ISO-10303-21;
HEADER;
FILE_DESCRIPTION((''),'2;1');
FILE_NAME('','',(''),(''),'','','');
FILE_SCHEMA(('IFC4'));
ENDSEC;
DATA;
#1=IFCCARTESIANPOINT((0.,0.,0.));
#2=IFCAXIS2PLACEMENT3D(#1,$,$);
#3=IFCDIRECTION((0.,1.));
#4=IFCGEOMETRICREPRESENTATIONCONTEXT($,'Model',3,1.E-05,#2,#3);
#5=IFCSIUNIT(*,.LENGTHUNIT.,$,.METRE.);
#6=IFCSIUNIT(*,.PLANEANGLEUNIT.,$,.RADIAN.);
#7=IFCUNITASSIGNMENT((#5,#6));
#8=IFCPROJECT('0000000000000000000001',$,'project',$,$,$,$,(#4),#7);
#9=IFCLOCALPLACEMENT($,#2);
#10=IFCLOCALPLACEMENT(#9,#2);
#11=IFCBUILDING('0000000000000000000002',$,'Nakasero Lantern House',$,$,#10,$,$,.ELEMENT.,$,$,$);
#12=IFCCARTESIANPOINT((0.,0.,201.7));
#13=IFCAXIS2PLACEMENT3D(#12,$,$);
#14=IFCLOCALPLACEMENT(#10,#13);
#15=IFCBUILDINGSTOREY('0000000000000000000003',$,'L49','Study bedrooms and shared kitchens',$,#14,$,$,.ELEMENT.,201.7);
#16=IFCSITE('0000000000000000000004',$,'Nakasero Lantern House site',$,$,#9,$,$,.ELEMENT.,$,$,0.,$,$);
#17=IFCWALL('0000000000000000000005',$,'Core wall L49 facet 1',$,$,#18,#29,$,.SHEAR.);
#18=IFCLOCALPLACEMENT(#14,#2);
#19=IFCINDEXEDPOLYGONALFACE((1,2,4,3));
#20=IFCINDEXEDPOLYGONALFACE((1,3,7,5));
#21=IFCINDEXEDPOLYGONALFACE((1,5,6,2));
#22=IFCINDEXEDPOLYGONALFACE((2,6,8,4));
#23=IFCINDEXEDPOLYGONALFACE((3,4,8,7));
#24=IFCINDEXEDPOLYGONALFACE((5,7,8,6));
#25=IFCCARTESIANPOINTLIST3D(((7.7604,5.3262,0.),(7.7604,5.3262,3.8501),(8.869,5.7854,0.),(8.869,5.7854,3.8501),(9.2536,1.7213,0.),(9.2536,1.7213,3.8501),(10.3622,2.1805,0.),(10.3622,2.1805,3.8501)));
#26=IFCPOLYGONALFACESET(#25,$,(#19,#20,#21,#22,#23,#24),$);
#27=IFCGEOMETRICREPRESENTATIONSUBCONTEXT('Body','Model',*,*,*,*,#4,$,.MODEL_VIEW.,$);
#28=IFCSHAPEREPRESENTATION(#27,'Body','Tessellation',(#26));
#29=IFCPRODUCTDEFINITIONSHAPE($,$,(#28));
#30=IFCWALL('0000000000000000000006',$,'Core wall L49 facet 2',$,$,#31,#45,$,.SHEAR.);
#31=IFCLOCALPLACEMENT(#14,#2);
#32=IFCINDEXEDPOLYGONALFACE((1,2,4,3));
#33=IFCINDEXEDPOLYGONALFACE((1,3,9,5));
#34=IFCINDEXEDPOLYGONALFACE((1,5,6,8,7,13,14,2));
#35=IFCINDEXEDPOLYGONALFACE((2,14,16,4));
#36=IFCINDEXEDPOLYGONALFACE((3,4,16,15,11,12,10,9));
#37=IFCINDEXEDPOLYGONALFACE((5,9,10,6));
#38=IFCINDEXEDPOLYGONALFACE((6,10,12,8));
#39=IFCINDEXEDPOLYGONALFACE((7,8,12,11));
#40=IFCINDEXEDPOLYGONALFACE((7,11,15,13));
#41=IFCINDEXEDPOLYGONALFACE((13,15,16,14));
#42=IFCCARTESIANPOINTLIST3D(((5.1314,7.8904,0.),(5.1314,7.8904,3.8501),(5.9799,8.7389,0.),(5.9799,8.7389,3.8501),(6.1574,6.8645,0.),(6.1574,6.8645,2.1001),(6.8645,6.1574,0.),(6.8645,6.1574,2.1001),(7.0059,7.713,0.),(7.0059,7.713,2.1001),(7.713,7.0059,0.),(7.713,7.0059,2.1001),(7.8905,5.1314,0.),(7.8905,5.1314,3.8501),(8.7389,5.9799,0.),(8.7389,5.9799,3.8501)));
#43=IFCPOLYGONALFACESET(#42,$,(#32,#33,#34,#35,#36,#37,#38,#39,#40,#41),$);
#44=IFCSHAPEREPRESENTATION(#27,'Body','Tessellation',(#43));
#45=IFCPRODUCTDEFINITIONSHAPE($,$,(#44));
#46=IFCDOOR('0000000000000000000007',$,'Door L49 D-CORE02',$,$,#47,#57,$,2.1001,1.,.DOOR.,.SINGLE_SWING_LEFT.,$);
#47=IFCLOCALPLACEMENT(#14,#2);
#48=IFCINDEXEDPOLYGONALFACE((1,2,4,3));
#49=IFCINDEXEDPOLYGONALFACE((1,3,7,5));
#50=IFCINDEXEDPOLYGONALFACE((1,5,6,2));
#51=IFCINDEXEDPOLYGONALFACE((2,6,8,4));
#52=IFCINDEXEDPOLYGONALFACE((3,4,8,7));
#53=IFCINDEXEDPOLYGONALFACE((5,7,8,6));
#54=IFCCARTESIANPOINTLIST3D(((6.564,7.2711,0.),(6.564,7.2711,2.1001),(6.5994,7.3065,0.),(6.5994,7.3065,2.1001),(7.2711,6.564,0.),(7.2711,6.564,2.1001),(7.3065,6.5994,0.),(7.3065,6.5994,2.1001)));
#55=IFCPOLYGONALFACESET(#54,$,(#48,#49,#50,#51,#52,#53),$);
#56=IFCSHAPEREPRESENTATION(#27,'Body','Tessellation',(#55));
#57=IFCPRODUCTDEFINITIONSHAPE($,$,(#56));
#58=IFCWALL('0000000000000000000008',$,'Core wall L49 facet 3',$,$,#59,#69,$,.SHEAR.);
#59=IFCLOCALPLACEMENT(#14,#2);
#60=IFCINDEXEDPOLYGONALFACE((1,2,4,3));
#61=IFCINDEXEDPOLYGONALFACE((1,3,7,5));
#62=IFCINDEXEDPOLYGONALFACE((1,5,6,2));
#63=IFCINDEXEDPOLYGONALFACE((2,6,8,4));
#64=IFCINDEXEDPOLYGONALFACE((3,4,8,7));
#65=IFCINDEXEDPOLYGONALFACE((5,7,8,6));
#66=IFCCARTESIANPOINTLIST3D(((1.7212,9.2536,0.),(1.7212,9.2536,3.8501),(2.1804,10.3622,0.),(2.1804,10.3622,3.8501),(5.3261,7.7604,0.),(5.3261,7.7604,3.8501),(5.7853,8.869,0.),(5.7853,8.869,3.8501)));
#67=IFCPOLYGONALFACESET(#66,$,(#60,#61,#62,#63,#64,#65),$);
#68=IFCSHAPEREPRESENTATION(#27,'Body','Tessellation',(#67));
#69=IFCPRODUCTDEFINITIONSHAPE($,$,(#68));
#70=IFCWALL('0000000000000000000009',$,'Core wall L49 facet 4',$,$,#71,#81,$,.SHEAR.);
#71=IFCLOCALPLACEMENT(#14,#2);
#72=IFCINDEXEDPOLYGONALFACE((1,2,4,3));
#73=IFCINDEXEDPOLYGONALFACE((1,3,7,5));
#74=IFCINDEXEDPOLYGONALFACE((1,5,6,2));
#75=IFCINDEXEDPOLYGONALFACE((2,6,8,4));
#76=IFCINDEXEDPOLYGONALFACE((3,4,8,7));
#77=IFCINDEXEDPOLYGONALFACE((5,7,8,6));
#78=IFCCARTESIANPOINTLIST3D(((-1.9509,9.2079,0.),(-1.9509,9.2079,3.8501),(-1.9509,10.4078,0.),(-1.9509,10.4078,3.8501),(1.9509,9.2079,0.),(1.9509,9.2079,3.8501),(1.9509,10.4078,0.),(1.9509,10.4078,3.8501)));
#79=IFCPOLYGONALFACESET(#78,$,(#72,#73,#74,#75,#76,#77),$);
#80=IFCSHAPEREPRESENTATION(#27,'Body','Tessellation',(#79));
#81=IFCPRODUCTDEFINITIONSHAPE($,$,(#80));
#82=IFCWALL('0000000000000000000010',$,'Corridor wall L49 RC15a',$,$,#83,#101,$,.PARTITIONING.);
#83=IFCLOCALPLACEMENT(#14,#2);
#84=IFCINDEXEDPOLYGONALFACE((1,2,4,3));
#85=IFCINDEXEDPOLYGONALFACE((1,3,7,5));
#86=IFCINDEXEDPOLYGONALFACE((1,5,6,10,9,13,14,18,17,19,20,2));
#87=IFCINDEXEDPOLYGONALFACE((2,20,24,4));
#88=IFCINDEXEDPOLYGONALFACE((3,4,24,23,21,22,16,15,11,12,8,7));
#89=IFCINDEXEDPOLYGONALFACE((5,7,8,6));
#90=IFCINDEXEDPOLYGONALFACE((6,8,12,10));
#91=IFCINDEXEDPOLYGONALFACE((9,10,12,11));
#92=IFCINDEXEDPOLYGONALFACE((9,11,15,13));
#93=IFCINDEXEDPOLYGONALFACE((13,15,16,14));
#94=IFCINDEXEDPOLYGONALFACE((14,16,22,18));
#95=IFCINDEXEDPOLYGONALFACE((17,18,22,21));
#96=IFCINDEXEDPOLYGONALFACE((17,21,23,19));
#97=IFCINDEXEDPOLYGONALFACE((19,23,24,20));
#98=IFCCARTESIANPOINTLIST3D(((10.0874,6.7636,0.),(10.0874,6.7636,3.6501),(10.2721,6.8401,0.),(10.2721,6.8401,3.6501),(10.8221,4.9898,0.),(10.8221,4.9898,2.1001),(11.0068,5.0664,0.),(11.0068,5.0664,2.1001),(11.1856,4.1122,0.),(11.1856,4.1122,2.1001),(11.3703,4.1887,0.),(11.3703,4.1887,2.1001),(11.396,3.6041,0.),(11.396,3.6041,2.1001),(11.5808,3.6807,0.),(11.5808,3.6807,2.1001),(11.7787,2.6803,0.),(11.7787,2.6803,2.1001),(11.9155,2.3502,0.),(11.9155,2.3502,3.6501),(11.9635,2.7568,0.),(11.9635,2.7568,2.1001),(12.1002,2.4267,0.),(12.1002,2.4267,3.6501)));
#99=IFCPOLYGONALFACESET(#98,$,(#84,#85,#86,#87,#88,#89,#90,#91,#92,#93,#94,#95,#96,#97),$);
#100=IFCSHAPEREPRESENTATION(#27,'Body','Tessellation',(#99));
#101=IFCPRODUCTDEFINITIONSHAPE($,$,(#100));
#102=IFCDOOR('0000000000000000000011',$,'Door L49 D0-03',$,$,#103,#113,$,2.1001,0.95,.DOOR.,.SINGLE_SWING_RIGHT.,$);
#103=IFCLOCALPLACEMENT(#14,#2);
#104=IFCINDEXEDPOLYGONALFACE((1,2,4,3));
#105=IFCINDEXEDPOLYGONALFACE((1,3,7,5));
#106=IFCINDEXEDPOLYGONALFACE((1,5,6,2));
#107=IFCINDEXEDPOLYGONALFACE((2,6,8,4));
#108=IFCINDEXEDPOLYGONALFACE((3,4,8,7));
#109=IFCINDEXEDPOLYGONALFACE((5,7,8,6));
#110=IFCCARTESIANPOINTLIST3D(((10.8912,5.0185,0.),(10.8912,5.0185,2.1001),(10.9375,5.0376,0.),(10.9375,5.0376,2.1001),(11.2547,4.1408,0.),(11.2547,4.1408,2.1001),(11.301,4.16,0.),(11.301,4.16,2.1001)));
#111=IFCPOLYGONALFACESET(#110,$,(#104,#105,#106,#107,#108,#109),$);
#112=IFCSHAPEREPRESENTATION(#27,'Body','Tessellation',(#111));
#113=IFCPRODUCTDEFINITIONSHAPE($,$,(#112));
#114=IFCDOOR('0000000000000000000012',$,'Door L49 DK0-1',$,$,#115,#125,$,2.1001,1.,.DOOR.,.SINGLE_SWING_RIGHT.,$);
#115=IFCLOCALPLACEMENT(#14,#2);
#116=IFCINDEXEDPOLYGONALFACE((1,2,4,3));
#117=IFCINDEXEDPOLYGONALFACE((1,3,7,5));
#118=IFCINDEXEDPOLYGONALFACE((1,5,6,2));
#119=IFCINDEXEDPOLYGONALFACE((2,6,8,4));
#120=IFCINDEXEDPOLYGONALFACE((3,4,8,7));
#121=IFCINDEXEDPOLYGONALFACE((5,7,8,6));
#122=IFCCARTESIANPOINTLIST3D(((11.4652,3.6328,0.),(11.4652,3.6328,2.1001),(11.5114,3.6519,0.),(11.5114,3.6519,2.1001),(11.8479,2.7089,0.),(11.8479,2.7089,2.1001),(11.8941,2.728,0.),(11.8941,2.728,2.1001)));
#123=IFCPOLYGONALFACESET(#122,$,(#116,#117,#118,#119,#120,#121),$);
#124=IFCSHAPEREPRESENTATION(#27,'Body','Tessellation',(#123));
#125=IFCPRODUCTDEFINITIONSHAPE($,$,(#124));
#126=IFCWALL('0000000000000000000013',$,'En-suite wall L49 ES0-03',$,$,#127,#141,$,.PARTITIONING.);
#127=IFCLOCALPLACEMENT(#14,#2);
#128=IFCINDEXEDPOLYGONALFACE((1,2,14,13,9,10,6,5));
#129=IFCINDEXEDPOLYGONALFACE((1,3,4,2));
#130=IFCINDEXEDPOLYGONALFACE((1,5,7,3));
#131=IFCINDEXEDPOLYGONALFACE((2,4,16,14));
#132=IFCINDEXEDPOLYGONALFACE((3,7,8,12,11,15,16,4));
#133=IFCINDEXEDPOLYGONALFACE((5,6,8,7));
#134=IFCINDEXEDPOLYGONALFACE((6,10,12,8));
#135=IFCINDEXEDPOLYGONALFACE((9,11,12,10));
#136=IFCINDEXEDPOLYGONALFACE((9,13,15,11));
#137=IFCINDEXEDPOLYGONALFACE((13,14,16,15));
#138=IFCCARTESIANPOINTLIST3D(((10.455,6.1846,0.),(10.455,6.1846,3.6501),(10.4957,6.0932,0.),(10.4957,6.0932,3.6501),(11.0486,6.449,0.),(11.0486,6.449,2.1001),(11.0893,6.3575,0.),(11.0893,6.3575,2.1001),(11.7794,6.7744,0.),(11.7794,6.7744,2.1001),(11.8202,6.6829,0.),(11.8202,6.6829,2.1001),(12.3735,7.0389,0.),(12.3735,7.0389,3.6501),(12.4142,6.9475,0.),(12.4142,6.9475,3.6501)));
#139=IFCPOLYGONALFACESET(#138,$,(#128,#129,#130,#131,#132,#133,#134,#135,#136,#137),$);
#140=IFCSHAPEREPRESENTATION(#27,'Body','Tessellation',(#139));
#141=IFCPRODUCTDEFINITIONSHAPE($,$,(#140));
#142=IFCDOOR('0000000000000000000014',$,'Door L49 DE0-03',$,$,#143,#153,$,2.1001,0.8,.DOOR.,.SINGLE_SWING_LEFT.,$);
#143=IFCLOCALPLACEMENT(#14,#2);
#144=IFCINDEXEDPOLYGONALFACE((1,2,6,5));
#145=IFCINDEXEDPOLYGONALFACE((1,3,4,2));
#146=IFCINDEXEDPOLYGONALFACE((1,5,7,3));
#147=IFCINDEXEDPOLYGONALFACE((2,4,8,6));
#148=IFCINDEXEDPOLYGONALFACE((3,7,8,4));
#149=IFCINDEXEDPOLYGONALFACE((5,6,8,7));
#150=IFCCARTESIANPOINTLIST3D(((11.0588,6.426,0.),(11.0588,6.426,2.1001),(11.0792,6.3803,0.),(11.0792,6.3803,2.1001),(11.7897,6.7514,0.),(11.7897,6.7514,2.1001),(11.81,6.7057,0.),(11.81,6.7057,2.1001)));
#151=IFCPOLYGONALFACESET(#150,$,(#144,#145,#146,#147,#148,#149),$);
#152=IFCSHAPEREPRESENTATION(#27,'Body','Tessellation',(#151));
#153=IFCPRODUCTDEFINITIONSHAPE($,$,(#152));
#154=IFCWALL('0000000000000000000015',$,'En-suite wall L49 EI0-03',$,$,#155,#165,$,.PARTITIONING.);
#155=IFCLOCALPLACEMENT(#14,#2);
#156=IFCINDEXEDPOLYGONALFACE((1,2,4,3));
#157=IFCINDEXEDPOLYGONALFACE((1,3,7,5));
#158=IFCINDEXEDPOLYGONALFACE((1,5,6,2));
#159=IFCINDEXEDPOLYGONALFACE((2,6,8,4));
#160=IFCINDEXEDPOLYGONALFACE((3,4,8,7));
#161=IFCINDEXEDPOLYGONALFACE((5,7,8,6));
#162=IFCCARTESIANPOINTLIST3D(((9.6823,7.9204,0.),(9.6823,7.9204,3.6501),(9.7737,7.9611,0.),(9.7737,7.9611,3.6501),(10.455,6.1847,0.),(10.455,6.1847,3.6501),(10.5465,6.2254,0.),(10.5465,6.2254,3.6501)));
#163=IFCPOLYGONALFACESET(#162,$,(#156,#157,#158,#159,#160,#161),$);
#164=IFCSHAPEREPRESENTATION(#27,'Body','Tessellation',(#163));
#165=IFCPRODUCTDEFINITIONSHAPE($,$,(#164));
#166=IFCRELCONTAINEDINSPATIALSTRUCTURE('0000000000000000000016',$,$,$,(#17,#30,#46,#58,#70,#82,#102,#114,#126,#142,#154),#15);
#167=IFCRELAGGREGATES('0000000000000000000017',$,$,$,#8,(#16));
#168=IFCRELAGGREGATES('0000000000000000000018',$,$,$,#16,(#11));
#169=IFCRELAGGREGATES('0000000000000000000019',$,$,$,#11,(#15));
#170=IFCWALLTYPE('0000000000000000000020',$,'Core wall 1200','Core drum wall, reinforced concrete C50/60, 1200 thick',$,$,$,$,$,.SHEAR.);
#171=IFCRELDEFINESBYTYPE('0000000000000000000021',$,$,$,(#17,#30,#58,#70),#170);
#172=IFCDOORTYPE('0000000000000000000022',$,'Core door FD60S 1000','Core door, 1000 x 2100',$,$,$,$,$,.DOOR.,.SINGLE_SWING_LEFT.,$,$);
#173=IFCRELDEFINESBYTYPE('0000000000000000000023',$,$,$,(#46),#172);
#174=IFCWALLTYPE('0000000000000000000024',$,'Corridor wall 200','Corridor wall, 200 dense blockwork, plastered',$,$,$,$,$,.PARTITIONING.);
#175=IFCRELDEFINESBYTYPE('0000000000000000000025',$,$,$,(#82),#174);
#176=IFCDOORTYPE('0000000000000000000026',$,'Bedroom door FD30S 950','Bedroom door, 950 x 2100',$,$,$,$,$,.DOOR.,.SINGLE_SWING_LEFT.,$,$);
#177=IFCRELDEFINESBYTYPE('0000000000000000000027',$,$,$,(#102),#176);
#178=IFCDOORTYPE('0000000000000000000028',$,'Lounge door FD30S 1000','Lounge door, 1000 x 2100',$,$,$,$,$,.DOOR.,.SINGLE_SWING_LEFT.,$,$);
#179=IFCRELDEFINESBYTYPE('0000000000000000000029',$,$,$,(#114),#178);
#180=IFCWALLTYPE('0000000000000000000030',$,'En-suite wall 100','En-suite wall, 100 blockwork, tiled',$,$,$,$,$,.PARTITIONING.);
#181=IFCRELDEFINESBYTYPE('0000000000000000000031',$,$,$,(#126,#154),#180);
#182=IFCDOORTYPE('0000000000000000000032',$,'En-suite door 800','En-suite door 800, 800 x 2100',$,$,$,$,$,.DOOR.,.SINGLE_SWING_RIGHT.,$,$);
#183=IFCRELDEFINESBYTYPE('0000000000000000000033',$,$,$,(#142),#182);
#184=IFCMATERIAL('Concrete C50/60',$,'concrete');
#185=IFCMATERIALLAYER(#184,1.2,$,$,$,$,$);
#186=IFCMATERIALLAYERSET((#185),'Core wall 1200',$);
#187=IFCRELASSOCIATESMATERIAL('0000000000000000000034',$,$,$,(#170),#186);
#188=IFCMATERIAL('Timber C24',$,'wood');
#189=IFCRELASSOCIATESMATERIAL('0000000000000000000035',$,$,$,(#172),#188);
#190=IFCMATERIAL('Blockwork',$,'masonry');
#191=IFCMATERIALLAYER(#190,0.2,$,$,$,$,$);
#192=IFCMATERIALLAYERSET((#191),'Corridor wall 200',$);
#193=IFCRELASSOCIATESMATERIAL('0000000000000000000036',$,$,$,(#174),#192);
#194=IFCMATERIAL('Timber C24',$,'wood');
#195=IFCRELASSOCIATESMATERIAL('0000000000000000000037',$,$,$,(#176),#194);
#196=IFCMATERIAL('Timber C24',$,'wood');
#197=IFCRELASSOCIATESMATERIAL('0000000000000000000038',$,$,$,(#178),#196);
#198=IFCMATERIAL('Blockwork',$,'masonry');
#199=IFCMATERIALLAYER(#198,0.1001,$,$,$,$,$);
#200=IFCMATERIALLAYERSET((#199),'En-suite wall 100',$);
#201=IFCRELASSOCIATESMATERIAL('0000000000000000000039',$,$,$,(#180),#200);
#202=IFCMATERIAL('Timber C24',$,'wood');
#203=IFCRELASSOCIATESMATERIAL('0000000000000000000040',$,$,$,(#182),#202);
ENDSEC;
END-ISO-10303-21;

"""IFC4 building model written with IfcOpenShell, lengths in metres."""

from ifc_helpers import new_model, si_unit, direction, frame, frame_2d, origin, place, context, subcontext, project, spatial, rectangle, extrude, material, layer, layer_set, type_object, element, fill, save


model = new_model("IFC4")

# Units and contexts
model_context = context("Model", 3, precision=1e-05, world=origin(), true_north=direction((0.0, 1.0)))
body_context = subcontext(model_context, "Body", "Model", "MODEL_VIEW")
ifc_project = project(units=[si_unit("LENGTHUNIT", "METRE"), si_unit("PLANEANGLEUNIT", "RADIAN")], contexts=[model_context])

# Site, building, storey
site_placement = place(None, origin())
site = spatial("IfcSite", under=ifc_project, at=site_placement, Name="Nakasero Lantern House site", CompositionType="ELEMENT", RefElevation=0.0)
building_placement = place(site_placement, origin())
building = spatial("IfcBuilding", under=site, at=building_placement, Name="Nakasero Lantern House", CompositionType="ELEMENT")
storey_placement = place(building_placement, frame((0.0, 0.0, 201.7)))
storey = spatial("IfcBuildingStorey", under=building, at=storey_placement, Name="L49", Description="Study bedrooms and shared kitchens", CompositionType="ELEMENT", Elevation=201.7)

# Wall
ifc_material_1 = material(Name="Concrete C50/60", Category="concrete")
ifc_layer_1 = layer(ifc_material_1, 1.2)
ifc_layer_set_1 = layer_set([ifc_layer_1], Name="Core wall 1200")
wall_type_1 = type_object("IfcWallType", Name="Core wall 1200", Description="Core drum wall, reinforced concrete C50/60, 1200 thick", PredefinedType="SHEAR", material=ifc_layer_set_1)
wall_1_placement = place(storey_placement, frame((9.8079, 1.9509, 0.0), z_axis=(0.0, 0.0, 1.0), x_axis=(-0.382691, 0.923877, 0.0)))
element("IfcWall", 1, at=wall_1_placement, inside=storey, type_object=wall_type_1, Name="Core wall L49 facet 1", PredefinedType="SHEAR", context=body_context, shape_type="SweptSolid", body=[
    extrude(rectangle(XDim=3.9019, YDim=1.2, at=frame_2d((1.9509, 0.0))), origin(), (0.0, 0.0, 1.0), 3.8501),
])

# Wall, opening, door
wall_2_placement = place(storey_placement, frame((8.3147, 5.5557, 0.0), z_axis=(0.0, 0.0, 1.0), x_axis=(-0.707107, 0.707107, 0.0)))
wall_2 = element("IfcWall", 2, at=wall_2_placement, inside=storey, type_object=wall_type_1, Name="Core wall L49 facet 2", PredefinedType="SHEAR", context=body_context, shape_type="SweptSolid", body=[
    extrude(rectangle(XDim=3.9019, YDim=1.2, at=frame_2d((1.9509, 0.0))), origin(), (0.0, 0.0, 1.0), 3.8501),
])
opening_1_placement = place(wall_2_placement, frame((1.4509, 0.0, 0.0)))
opening_1 = element("IfcOpeningElement", 3, at=opening_1_placement, cuts=wall_2, PredefinedType="OPENING", context=body_context, shape_type="SweptSolid", body=[
    extrude(rectangle(XDim=1.0, YDim=2.1001, at=frame_2d((0.5, 1.05))), frame((0.0, 0.6199, 0.0), z_axis=(0.0, -1.0, 0.0), x_axis=(1.0, 0.0, 0.0)), (0.0, 0.0, 1.0), 1.24),
])
ifc_material_2 = material(Name="Timber C24", Category="wood")
door_type_1 = type_object("IfcDoorType", Name="Core door FD60S 1000", Description="Core door, 1000 x 2100", OperationType="SINGLE_SWING_LEFT", PredefinedType="DOOR", material=ifc_material_2)
door_1_placement = place(opening_1_placement, origin())
door_1 = element("IfcDoor", 4, at=door_1_placement, inside=storey, type_object=door_type_1, Name="Door L49 D-CORE02", OperationType="SINGLE_SWING_LEFT", OverallHeight=2.1001, OverallWidth=1.0, PredefinedType="DOOR", context=body_context, shape_type="SweptSolid", body=[
    extrude(rectangle(XDim=1.0, YDim=2.1001, at=frame_2d((0.5, 1.05))), frame((0.0, 0.0249, 0.0), z_axis=(0.0, -1.0, 0.0), x_axis=(1.0, 0.0, 0.0)), (0.0, 0.0, 1.0), 0.05),
])
fill(opening_1, door_1)

# Walls
for number, where, z_axis, x_axis, name in (
    (5, (5.5557, 8.3147, 0.0), (0.0, 0.0, 1.0), (-0.923877, 0.382691, 0.0), "Core wall L49 facet 3"),
    (6, (1.9509, 9.8079, 0.0), (0.0, 0.0, 1.0), (-1.0, 0.0, 0.0), "Core wall L49 facet 4"),
):
    element("IfcWall", number, at=place(storey_placement, frame(where, z_axis=z_axis, x_axis=x_axis)), inside=storey, type_object=wall_type_1, Name=name, PredefinedType="SHEAR", context=body_context, shape_type="SweptSolid", body=[
        extrude(rectangle(XDim=3.9019, YDim=1.2, at=frame_2d((1.9509, 0.0))), origin(), (0.0, 0.0, 1.0), 3.8501),
    ])

# Wall, openings, doors
ifc_material_3 = material(Name="Blockwork", Category="masonry")
ifc_layer_2 = layer(ifc_material_3, 0.2)
ifc_layer_set_2 = layer_set([ifc_layer_2], Name="Corridor wall 200")
wall_type_2 = type_object("IfcWallType", Name="Corridor wall 200", Description="Corridor wall, 200 dense blockwork, plastered", PredefinedType="PARTITIONING", material=ifc_layer_set_2)
wall_3_placement = place(storey_placement, frame((10.1797, 6.802, 0.0), z_axis=(0.0, 0.0, 1.0), x_axis=(0.382677, -0.923882, 0.0)))
wall_3 = element("IfcWall", 7, at=wall_3_placement, inside=storey, type_object=wall_type_2, Name="Corridor wall L49 RC15a", PredefinedType="PARTITIONING", context=body_context, shape_type="SweptSolid", body=[
    extrude(rectangle(XDim=4.7771, YDim=0.2, at=frame_2d((2.3887, 0.0))), origin(), (0.0, 0.0, 1.0), 3.6501),
])
opening_2_placement = place(wall_3_placement, frame((1.9199, 0.0, 0.0)))
opening_2 = element("IfcOpeningElement", 8, at=opening_2_placement, cuts=wall_3, PredefinedType="OPENING", context=body_context, shape_type="SweptSolid", body=[
    extrude(rectangle(XDim=0.95, YDim=2.1001, at=frame_2d((0.4751, 1.05))), frame((0.0, 0.1199, 0.0), z_axis=(0.0, -1.0, 0.0), x_axis=(1.0, 0.0, 0.0)), (0.0, 0.0, 1.0), 0.24),
])
opening_3_placement = place(wall_3_placement, frame((3.4199, 0.0, 0.0)))
opening_3 = element("IfcOpeningElement", 9, at=opening_3_placement, cuts=wall_3, PredefinedType="OPENING", context=body_context, shape_type="SweptSolid", body=[
    extrude(rectangle(XDim=1.0, YDim=2.1001, at=frame_2d((0.5, 1.05))), frame((0.0, 0.1199, 0.0), z_axis=(0.0, -1.0, 0.0), x_axis=(1.0, 0.0, 0.0)), (0.0, 0.0, 1.0), 0.24),
])
ifc_material_4 = material(Name="Timber C24", Category="wood")
door_type_2 = type_object("IfcDoorType", Name="Bedroom door FD30S 950", Description="Bedroom door, 950 x 2100", OperationType="SINGLE_SWING_LEFT", PredefinedType="DOOR", material=ifc_material_4)
door_2_placement = place(opening_2_placement, origin())
door_2 = element("IfcDoor", 10, at=door_2_placement, inside=storey, type_object=door_type_2, Name="Door L49 D0-03", OperationType="SINGLE_SWING_RIGHT", OverallHeight=2.1001, OverallWidth=0.95, PredefinedType="DOOR", context=body_context, shape_type="SweptSolid", body=[
    extrude(rectangle(XDim=0.95, YDim=2.1001, at=frame_2d((0.4751, 1.05))), frame((0.0, 0.0249, 0.0), z_axis=(0.0, -1.0, 0.0), x_axis=(1.0, 0.0, 0.0)), (0.0, 0.0, 1.0), 0.05),
])
fill(opening_2, door_2)
ifc_material_5 = material(Name="Timber C24", Category="wood")
door_type_3 = type_object("IfcDoorType", Name="Lounge door FD30S 1000", Description="Lounge door, 1000 x 2100", OperationType="SINGLE_SWING_LEFT", PredefinedType="DOOR", material=ifc_material_5)
door_3_placement = place(opening_3_placement, origin())
door_3 = element("IfcDoor", 11, at=door_3_placement, inside=storey, type_object=door_type_3, Name="Door L49 DK0-1", OperationType="SINGLE_SWING_RIGHT", OverallHeight=2.1001, OverallWidth=1.0, PredefinedType="DOOR", context=body_context, shape_type="SweptSolid", body=[
    extrude(rectangle(XDim=1.0, YDim=2.1001, at=frame_2d((0.5, 1.05))), frame((0.0, 0.0249, 0.0), z_axis=(0.0, -1.0, 0.0), x_axis=(1.0, 0.0, 0.0)), (0.0, 0.0, 1.0), 0.05),
])
fill(opening_3, door_3)

# Wall, opening, door
ifc_material_6 = material(Name="Blockwork", Category="masonry")
ifc_layer_3 = layer(ifc_material_6, 0.1001)
ifc_layer_set_3 = layer_set([ifc_layer_3], Name="En-suite wall 100")
wall_type_3 = type_object("IfcWallType", Name="En-suite wall 100", Description="En-suite wall, 100 blockwork, tiled", PredefinedType="PARTITIONING", material=ifc_layer_set_3)
wall_4_placement = place(storey_placement, frame((10.4753, 6.1389, 0.0), z_axis=(0.0, 0.0, 1.0), x_axis=(0.913528, 0.406775, 0.0)))
wall_4 = element("IfcWall", 12, at=wall_4_placement, inside=storey, type_object=wall_type_3, Name="En-suite wall L49 ES0-03", PredefinedType="PARTITIONING", context=body_context, shape_type="SweptSolid", body=[
    extrude(rectangle(XDim=2.1001, YDim=0.1001, at=frame_2d((1.05, 0.0))), origin(), (0.0, 0.0, 1.0), 3.6501),
])
opening_4_placement = place(wall_4_placement, frame((0.6499, 0.0, 0.0)))
opening_4 = element("IfcOpeningElement", 13, at=opening_4_placement, cuts=wall_4, PredefinedType="OPENING", context=body_context, shape_type="SweptSolid", body=[
    extrude(rectangle(XDim=0.8, YDim=2.1001, at=frame_2d((0.3999, 1.05))), frame((0.0, 0.0701, 0.0), z_axis=(0.0, -1.0, 0.0), x_axis=(1.0, 0.0, 0.0)), (0.0, 0.0, 1.0), 0.1401),
])
ifc_material_7 = material(Name="Timber C24", Category="wood")
door_type_4 = type_object("IfcDoorType", Name="En-suite door 800", Description="En-suite door 800, 800 x 2100", OperationType="SINGLE_SWING_RIGHT", PredefinedType="DOOR", material=ifc_material_7)
door_4_placement = place(opening_4_placement, origin())
door_4 = element("IfcDoor", 14, at=door_4_placement, inside=storey, type_object=door_type_4, Name="Door L49 DE0-03", OperationType="SINGLE_SWING_LEFT", OverallHeight=2.1001, OverallWidth=0.8, PredefinedType="DOOR", context=body_context, shape_type="SweptSolid", body=[
    extrude(rectangle(XDim=0.8, YDim=2.1001, at=frame_2d((0.3999, 1.05))), frame((0.0, 0.0249, 0.0), z_axis=(0.0, -1.0, 0.0), x_axis=(1.0, 0.0, 0.0)), (0.0, 0.0, 1.0), 0.05),
])
fill(opening_4, door_4)

# Wall
wall_5_placement = place(storey_placement, frame((10.5007, 6.2051, 0.0), z_axis=(0.0, 0.0, 1.0), x_axis=(-0.406723, 0.913552, 0.0)))
element("IfcWall", 15, at=wall_5_placement, inside=storey, type_object=wall_type_3, Name="En-suite wall L49 EI0-03", PredefinedType="PARTITIONING", context=body_context, shape_type="SweptSolid", body=[
    extrude(rectangle(XDim=1.8999, YDim=0.1001, at=frame_2d((0.95, 0.0))), origin(), (0.0, 0.0, 1.0), 3.6501),
])

save(model, "model.ifc")
